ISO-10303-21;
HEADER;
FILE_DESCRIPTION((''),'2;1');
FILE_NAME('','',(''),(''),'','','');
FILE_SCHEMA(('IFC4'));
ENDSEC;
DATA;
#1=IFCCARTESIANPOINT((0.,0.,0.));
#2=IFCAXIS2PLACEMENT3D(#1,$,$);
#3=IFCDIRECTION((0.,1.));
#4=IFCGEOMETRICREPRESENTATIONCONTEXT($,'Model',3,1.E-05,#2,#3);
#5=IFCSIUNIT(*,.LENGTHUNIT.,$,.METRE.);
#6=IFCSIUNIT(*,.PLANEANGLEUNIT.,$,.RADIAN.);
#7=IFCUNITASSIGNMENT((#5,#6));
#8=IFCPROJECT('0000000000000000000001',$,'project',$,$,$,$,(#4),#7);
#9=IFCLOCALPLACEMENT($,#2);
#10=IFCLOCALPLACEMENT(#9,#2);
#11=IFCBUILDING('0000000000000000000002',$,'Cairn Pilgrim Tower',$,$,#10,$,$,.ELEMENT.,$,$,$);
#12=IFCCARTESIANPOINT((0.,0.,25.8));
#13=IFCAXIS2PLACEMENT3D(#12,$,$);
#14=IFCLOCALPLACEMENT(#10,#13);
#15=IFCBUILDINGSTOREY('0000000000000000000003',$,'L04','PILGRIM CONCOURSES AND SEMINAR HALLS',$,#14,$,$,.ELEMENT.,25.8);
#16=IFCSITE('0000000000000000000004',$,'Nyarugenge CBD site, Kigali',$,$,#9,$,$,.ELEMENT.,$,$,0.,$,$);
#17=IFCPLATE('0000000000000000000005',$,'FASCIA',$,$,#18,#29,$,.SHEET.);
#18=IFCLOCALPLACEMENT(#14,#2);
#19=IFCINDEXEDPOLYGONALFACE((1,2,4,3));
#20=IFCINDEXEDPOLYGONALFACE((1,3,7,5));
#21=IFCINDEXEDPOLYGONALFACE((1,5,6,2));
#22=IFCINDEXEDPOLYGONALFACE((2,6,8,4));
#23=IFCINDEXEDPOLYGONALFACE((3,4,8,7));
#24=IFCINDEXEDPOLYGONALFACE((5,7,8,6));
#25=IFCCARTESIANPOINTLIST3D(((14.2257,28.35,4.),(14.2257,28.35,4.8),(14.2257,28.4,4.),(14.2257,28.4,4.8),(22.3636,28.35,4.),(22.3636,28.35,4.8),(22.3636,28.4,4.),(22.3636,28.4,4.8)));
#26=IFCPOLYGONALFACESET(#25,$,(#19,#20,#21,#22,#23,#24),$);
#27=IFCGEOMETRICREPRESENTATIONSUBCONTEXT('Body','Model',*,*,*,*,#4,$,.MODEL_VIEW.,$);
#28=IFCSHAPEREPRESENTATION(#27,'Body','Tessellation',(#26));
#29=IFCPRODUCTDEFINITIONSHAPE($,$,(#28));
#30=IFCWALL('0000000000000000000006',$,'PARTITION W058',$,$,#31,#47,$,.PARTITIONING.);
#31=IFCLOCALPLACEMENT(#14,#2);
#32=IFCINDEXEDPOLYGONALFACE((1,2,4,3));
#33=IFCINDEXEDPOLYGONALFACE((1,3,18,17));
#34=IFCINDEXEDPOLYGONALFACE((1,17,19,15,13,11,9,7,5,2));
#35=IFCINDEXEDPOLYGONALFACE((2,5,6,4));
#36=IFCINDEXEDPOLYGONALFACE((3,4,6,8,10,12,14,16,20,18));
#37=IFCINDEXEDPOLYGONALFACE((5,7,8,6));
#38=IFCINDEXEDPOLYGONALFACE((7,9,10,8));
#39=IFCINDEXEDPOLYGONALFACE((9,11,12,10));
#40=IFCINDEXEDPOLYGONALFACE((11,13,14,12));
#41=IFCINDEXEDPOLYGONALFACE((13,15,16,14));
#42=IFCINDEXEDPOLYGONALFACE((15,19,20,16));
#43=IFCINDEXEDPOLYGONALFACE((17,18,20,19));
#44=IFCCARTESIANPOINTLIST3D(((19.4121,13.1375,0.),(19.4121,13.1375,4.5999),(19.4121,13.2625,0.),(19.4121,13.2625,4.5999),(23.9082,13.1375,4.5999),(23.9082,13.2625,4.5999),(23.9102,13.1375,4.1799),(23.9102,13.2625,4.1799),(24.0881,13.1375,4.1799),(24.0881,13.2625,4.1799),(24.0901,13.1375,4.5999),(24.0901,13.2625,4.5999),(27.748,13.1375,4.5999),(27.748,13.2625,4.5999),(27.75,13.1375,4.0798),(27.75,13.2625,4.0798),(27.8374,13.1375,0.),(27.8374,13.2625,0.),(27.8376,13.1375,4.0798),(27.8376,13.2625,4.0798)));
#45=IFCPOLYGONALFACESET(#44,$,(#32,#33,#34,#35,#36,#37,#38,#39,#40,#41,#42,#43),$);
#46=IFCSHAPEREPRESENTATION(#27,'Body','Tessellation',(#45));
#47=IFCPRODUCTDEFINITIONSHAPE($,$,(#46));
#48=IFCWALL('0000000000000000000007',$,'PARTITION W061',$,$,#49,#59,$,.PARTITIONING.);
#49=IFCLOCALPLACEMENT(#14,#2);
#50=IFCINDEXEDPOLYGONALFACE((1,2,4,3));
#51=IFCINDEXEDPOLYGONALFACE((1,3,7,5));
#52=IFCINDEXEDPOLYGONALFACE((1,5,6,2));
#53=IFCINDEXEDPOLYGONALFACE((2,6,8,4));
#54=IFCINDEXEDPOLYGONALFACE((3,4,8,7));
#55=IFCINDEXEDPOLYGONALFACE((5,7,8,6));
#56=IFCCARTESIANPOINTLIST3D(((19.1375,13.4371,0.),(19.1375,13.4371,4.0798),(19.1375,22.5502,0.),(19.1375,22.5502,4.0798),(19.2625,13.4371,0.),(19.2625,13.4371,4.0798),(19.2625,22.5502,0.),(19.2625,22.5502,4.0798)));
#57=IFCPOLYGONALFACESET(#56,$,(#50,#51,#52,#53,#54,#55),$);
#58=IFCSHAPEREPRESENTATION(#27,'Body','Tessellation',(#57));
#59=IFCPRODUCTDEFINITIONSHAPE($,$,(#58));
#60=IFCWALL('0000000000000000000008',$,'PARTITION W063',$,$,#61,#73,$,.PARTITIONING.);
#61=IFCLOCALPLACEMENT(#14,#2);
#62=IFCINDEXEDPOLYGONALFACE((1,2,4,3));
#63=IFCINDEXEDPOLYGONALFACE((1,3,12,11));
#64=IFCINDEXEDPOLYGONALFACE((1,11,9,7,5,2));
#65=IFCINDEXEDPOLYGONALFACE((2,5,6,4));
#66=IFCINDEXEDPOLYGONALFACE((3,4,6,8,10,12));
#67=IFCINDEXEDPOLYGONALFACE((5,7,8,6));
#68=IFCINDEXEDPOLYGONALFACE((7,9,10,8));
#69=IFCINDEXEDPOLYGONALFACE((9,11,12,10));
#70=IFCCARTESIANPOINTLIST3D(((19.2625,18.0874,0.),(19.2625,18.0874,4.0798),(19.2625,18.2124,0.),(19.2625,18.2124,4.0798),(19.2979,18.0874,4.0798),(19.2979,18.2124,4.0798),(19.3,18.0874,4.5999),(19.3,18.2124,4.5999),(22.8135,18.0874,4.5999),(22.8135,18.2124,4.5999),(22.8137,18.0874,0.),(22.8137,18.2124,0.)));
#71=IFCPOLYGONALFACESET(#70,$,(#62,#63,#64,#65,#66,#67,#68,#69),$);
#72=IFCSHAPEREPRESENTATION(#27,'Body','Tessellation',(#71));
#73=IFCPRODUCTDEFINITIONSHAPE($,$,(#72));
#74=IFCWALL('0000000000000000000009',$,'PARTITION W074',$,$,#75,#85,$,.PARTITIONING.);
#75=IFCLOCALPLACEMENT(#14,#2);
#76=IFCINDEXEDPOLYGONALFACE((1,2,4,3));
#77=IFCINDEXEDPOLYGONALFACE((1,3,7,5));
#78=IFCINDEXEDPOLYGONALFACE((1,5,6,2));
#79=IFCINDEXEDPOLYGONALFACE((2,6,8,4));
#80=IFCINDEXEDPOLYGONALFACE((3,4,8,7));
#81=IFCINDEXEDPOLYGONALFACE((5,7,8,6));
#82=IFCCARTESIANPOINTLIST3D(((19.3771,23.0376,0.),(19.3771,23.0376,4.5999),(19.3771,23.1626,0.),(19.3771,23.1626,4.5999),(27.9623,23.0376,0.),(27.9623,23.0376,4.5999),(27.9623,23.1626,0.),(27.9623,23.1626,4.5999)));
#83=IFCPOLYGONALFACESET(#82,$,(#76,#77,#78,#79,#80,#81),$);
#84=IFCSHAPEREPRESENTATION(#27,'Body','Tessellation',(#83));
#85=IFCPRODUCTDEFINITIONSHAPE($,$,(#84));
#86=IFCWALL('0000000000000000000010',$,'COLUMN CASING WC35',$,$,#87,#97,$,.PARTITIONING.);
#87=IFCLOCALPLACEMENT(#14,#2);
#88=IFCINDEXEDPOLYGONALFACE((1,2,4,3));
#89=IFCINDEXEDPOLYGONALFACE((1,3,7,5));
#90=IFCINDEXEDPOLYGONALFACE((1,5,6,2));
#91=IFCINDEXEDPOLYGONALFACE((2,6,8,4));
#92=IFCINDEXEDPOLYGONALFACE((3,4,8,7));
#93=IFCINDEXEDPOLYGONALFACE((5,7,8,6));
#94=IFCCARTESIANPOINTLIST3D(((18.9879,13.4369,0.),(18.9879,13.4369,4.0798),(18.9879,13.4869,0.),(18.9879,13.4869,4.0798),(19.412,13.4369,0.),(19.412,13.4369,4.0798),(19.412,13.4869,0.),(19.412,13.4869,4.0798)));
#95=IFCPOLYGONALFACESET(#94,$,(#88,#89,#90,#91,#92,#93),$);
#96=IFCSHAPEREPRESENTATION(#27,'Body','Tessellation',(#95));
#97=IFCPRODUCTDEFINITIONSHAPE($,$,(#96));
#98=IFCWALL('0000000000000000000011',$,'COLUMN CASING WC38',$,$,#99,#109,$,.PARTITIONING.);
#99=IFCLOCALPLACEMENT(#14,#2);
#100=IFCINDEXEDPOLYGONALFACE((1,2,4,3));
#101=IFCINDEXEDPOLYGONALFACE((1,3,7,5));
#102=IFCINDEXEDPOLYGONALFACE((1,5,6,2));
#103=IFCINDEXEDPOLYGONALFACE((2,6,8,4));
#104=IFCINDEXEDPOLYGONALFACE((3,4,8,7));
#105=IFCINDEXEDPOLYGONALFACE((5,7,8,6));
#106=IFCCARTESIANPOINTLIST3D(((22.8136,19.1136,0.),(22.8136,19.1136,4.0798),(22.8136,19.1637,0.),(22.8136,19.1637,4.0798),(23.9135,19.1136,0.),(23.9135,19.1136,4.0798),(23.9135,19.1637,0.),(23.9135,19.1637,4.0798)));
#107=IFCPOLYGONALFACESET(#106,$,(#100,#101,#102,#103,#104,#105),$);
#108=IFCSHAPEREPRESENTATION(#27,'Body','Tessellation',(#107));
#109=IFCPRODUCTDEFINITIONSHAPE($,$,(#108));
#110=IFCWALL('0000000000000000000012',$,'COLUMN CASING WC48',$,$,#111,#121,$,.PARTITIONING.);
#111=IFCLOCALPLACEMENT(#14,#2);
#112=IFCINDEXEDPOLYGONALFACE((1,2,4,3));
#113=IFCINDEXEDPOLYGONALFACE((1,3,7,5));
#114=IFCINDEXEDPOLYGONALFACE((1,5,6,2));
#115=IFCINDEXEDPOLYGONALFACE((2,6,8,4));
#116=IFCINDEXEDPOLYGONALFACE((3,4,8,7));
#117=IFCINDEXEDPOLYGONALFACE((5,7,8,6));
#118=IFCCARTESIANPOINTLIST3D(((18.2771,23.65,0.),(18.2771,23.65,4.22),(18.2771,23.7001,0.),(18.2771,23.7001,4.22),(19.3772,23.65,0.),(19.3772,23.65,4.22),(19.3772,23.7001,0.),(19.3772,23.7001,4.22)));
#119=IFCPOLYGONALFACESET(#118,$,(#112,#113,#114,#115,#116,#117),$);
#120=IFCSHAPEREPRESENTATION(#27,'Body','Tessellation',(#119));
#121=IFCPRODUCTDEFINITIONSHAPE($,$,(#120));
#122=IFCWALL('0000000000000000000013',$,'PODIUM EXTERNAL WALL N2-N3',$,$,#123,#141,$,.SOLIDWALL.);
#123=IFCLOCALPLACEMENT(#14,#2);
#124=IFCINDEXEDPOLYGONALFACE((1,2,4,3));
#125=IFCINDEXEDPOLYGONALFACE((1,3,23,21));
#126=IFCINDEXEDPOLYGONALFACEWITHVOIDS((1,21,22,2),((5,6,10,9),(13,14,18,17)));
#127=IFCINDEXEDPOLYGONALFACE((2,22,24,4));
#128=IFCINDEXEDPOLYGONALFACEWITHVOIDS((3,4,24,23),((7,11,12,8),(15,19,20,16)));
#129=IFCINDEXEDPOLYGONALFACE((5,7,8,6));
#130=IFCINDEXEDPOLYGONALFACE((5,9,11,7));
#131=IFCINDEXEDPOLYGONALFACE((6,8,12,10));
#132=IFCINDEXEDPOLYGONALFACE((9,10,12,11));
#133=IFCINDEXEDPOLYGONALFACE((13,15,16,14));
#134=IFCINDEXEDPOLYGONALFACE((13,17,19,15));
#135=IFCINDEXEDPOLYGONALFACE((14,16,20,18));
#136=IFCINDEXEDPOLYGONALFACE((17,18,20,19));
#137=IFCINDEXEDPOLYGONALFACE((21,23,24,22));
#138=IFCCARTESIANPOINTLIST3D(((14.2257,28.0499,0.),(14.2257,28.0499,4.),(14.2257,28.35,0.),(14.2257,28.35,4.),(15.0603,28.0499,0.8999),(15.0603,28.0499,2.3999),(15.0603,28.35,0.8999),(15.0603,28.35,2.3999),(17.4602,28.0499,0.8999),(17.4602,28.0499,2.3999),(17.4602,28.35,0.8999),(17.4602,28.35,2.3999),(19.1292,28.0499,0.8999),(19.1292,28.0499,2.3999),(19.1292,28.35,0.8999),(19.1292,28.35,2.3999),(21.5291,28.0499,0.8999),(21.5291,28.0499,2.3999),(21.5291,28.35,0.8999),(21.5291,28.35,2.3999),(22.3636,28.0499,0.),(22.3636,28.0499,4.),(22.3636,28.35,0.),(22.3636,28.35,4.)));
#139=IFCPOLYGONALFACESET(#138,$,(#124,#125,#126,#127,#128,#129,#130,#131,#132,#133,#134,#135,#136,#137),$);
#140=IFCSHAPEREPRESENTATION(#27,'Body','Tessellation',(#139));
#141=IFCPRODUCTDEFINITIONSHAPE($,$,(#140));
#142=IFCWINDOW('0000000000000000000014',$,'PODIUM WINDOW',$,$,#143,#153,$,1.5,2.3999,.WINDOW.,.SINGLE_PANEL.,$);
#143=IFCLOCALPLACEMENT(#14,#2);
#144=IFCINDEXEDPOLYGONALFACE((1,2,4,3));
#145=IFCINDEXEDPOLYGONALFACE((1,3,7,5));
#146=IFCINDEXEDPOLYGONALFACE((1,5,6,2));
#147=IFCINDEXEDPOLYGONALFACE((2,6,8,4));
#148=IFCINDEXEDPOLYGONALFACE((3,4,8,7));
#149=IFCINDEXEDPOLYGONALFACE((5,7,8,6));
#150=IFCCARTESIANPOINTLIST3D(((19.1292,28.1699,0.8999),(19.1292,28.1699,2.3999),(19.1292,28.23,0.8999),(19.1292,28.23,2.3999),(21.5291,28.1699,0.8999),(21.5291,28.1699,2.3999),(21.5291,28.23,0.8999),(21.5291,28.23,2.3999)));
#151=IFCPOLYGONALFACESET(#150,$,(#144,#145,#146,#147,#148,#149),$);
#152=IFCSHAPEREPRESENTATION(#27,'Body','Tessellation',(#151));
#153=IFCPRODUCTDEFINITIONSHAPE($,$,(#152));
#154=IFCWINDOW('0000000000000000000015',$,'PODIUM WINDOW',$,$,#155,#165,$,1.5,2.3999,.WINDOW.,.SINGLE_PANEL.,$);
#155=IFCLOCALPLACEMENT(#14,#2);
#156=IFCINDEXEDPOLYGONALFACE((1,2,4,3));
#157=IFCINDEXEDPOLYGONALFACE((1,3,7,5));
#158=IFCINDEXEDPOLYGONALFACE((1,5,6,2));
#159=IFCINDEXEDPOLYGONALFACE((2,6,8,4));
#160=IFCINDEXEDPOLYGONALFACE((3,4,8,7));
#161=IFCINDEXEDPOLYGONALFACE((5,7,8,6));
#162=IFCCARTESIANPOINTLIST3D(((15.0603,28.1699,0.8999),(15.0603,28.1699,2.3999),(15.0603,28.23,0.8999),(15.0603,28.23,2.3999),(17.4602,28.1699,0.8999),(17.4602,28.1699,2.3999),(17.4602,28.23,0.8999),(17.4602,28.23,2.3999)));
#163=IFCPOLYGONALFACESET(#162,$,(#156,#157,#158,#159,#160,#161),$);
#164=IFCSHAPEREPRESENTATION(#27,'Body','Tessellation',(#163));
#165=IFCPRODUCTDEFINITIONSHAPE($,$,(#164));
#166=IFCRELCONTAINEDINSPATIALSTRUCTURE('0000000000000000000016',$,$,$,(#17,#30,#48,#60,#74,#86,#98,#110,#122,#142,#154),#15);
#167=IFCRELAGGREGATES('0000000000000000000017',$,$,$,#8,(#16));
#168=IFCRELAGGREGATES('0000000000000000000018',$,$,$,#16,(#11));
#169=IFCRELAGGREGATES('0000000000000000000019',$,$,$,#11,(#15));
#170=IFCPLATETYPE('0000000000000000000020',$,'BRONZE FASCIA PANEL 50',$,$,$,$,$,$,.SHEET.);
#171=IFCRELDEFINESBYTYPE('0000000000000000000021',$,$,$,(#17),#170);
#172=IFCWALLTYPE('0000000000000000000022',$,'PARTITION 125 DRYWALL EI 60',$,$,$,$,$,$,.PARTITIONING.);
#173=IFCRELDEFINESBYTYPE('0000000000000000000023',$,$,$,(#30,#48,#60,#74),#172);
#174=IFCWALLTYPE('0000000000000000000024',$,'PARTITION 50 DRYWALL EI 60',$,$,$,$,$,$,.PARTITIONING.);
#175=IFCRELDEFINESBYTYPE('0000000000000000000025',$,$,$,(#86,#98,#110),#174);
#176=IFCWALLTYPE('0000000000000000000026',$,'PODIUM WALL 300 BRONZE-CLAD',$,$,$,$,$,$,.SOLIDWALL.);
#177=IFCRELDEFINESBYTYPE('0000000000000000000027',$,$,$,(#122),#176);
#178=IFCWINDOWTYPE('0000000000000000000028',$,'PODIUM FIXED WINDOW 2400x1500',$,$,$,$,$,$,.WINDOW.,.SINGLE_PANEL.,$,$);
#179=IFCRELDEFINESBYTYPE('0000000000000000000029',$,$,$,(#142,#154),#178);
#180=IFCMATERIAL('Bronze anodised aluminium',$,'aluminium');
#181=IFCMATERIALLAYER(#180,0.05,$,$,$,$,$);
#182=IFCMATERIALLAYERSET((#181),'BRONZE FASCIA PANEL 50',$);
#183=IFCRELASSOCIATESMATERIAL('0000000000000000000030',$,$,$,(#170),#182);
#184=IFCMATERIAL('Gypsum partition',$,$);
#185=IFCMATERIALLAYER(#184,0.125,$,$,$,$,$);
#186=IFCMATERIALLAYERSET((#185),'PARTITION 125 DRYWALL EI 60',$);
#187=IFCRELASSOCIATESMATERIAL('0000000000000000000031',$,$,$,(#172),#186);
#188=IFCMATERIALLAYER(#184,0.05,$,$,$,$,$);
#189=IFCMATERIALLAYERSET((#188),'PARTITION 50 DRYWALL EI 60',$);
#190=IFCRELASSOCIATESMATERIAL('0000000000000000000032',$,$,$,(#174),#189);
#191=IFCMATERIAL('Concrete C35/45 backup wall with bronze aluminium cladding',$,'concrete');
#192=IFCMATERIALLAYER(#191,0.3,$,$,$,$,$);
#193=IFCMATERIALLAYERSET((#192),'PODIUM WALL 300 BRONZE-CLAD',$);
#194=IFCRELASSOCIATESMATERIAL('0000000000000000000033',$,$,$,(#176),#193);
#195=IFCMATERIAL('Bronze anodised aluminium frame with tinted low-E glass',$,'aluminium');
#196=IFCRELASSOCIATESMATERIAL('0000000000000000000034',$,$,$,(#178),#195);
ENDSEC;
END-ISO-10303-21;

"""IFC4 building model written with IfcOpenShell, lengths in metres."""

from ifc_helpers import new_model, si_unit, direction, frame, frame_2d, origin, origin_2d, place, context, subcontext, project, spatial, polyline, rectangle, outline, extrude, material, layer, layer_set, type_object, element, fill, save


model = new_model("IFC4")

# Units and contexts
model_context = context("Model", 3, precision=1e-05, world=origin(), true_north=direction((0.0, 1.0)))
body_context = subcontext(model_context, "Body", "Model", "MODEL_VIEW")
ifc_project = project(units=[si_unit("LENGTHUNIT", "METRE"), si_unit("PLANEANGLEUNIT", "RADIAN")], contexts=[model_context])

# Site, building, storey
site_placement = place(None, origin())
site = spatial("IfcSite", under=ifc_project, at=site_placement, Name="Nyarugenge CBD site, Kigali", CompositionType="ELEMENT", RefElevation=0.0)
building_placement = place(site_placement, origin())
building = spatial("IfcBuilding", under=site, at=building_placement, Name="Cairn Pilgrim Tower", CompositionType="ELEMENT")
storey_placement = place(building_placement, frame((0.0, 0.0, 25.8)))
storey = spatial("IfcBuildingStorey", under=building, at=storey_placement, Name="L04", Description="PILGRIM CONCOURSES AND SEMINAR HALLS", CompositionType="ELEMENT", Elevation=25.8)

# Plate
ifc_material_1 = material(Name="Bronze anodised aluminium", Category="aluminium")
ifc_layer_1 = layer(ifc_material_1, 0.05)
ifc_layer_set_1 = layer_set([ifc_layer_1], Name="BRONZE FASCIA PANEL 50")
plate_type = type_object("IfcPlateType", Name="BRONZE FASCIA PANEL 50", PredefinedType="SHEET", material=ifc_layer_set_1)
plate_placement = place(storey_placement, frame((18.2947, 28.375, 4.0), z_axis=(0.0, 0.0, 1.0), x_axis=(-1.0, 0.0, 0.0)))
element("IfcPlate", 1, at=plate_placement, inside=storey, type_object=plate_type, Name="FASCIA", PredefinedType="SHEET", context=body_context, shape_type="SweptSolid", body=[
    extrude(rectangle(XDim=8.1379, YDim=0.05, at=origin_2d()), origin(), (0.0, 0.0, 1.0), 0.8),
])

# Walls
ifc_material_2 = material(Name="Gypsum partition")
ifc_layer_2 = layer(ifc_material_2, 0.125)
ifc_layer_set_2 = layer_set([ifc_layer_2], Name="PARTITION 125 DRYWALL EI 60")
wall_type_1 = type_object("IfcWallType", Name="PARTITION 125 DRYWALL EI 60", PredefinedType="PARTITIONING", material=ifc_layer_set_2)
wall_1_placement = place(storey_placement, frame((19.4121, 13.2, 0.0), z_axis=(0.0, 0.0, 1.0), x_axis=(1.0, 0.0, 0.0)))
element("IfcWall", 2, at=wall_1_placement, inside=storey, type_object=wall_type_1, Name="PARTITION W058", PredefinedType="PARTITIONING", context=body_context, shape_type="SweptSolid", body=[
    extrude(outline(polyline([(0.0, 0.0), (8.4253, 0.0), (8.4255, 4.0798), (8.3379, 4.0798), (8.3359, 4.5999), (4.678, 4.5999), (4.676, 4.1799), (4.498, 4.1799), (4.4961, 4.5999), (0.0, 4.5999), (0.0, 0.0)])), frame((0.0, 0.0625, 0.0), z_axis=(0.0, -1.0, 0.0), x_axis=(1.0, 0.0, 0.0)), (0.0, 0.0, 1.0), 0.125),
])
wall_2_placement = place(storey_placement, frame((19.2, 13.437, 0.0), z_axis=(0.0, 0.0, 1.0), x_axis=(0.0, 1.0, 0.0)))
element("IfcWall", 3, at=wall_2_placement, inside=storey, type_object=wall_type_1, Name="PARTITION W061", PredefinedType="PARTITIONING", context=body_context, shape_type="SweptSolid", body=[
    extrude(rectangle(XDim=9.113, YDim=0.125, at=frame_2d((4.5566, 0.0))), origin(), (0.0, 0.0, 1.0), 4.0798),
])
wall_3_placement = place(storey_placement, frame((19.2625, 18.1499, 0.0), z_axis=(0.0, 0.0, 1.0), x_axis=(1.0, 0.0, 0.0)))
element("IfcWall", 4, at=wall_3_placement, inside=storey, type_object=wall_type_1, Name="PARTITION W063", PredefinedType="PARTITIONING", context=body_context, shape_type="SweptSolid", body=[
    extrude(outline(polyline([(0.0, 0.0), (3.5513, 0.0), (3.551, 4.5999), (0.0376, 4.5999), (0.0354, 4.0798), (0.0, 4.0798), (0.0, 0.0)])), frame((0.0, 0.0625, 0.0), z_axis=(0.0, -1.0, 0.0), x_axis=(1.0, 0.0, 0.0)), (0.0, 0.0, 1.0), 0.125),
])
wall_4_placement = place(storey_placement, frame((19.3772, 23.1001, 0.0), z_axis=(0.0, 0.0, 1.0), x_axis=(1.0, 0.0, 0.0)))
element("IfcWall", 5, at=wall_4_placement, inside=storey, type_object=wall_type_1, Name="PARTITION W074", PredefinedType="PARTITIONING", context=body_context, shape_type="SweptSolid", body=[
    extrude(rectangle(XDim=8.5852, YDim=0.125, at=frame_2d((4.2925, 0.0))), origin(), (0.0, 0.0, 1.0), 4.5999),
])
ifc_layer_3 = layer(ifc_material_2, 0.05)
ifc_layer_set_3 = layer_set([ifc_layer_3], Name="PARTITION 50 DRYWALL EI 60")
wall_type_2 = type_object("IfcWallType", Name="PARTITION 50 DRYWALL EI 60", PredefinedType="PARTITIONING", material=ifc_layer_set_3)
wall_5_placement = place(storey_placement, frame((18.988, 13.4619, 0.0), z_axis=(0.0, 0.0, 1.0), x_axis=(1.0, 0.0, 0.0)))
element("IfcWall", 6, at=wall_5_placement, inside=storey, type_object=wall_type_2, Name="COLUMN CASING WC35", PredefinedType="PARTITIONING", context=body_context, shape_type="SweptSolid", body=[
    extrude(rectangle(XDim=0.4241, YDim=0.05, at=frame_2d((0.2119, 0.0))), origin(), (0.0, 0.0, 1.0), 4.0798),
])
wall_6_placement = place(storey_placement, frame((22.8137, 19.1387, 0.0), z_axis=(0.0, 0.0, 1.0), x_axis=(1.0, 0.0, 0.0)))
element("IfcWall", 7, at=wall_6_placement, inside=storey, type_object=wall_type_2, Name="COLUMN CASING WC38", PredefinedType="PARTITIONING", context=body_context, shape_type="SweptSolid", body=[
    extrude(rectangle(XDim=1.0999, YDim=0.05, at=frame_2d((0.5498, 0.0))), origin(), (0.0, 0.0, 1.0), 4.0798),
])
wall_7_placement = place(storey_placement, frame((18.2771, 23.675, 0.0), z_axis=(0.0, 0.0, 1.0), x_axis=(1.0, 0.0, 0.0)))
element("IfcWall", 8, at=wall_7_placement, inside=storey, type_object=wall_type_2, Name="COLUMN CASING WC48", PredefinedType="PARTITIONING", context=body_context, shape_type="SweptSolid", body=[
    extrude(rectangle(XDim=1.1001, YDim=0.05, at=frame_2d((0.55, 0.0))), origin(), (0.0, 0.0, 1.0), 4.22),
])

# Wall, openings, windows
ifc_material_3 = material(Name="Concrete C35/45 backup wall with bronze aluminium cladding", Category="concrete")
ifc_layer_4 = layer(ifc_material_3, 0.3)
ifc_layer_set_4 = layer_set([ifc_layer_4], Name="PODIUM WALL 300 BRONZE-CLAD")
wall_type_3 = type_object("IfcWallType", Name="PODIUM WALL 300 BRONZE-CLAD", PredefinedType="SOLIDWALL", material=ifc_layer_set_4)
wall_8_placement = place(storey_placement, frame((22.3635, 28.2, 0.0), z_axis=(0.0, 0.0, 1.0), x_axis=(-1.0, 0.0, 0.0)))
wall_8 = element("IfcWall", 9, at=wall_8_placement, inside=storey, type_object=wall_type_3, Name="PODIUM EXTERNAL WALL N2-N3", PredefinedType="SOLIDWALL", context=body_context, shape_type="SweptSolid", body=[
    extrude(rectangle(XDim=8.1379, YDim=0.3, at=frame_2d((4.0688, 0.0))), origin(), (0.0, 0.0, 1.0), 4.0),
])
opening_1_placement = place(wall_8_placement, frame((0.8345, 0.0, 0.8999)))
opening_1 = element("IfcOpeningElement", 10, at=opening_1_placement, cuts=wall_8, PredefinedType="OPENING", context=body_context, shape_type="SweptSolid", body=[
    extrude(rectangle(XDim=2.3999, YDim=1.5, at=frame_2d((1.2, 0.75))), frame((0.0, 0.1602, 0.0), z_axis=(0.0, -1.0, 0.0), x_axis=(1.0, 0.0, 0.0)), (0.0, 0.0, 1.0), 0.3201),
])
opening_2_placement = place(wall_8_placement, frame((4.9033, 0.0, 0.8999)))
opening_2 = element("IfcOpeningElement", 11, at=opening_2_placement, cuts=wall_8, PredefinedType="OPENING", context=body_context, shape_type="SweptSolid", body=[
    extrude(rectangle(XDim=2.3999, YDim=1.5, at=frame_2d((1.2, 0.75))), frame((0.0, 0.1602, 0.0), z_axis=(0.0, -1.0, 0.0), x_axis=(1.0, 0.0, 0.0)), (0.0, 0.0, 1.0), 0.3201),
])
ifc_material_4 = material(Name="Bronze anodised aluminium frame with tinted low-E glass", Category="aluminium")
window_type = type_object("IfcWindowType", Name="PODIUM FIXED WINDOW 2400x1500", PartitioningType="SINGLE_PANEL", PredefinedType="WINDOW", material=ifc_material_4)
window_1_placement = place(opening_1_placement, origin())
window_1 = element("IfcWindow", 12, at=window_1_placement, inside=storey, type_object=window_type, Name="PODIUM WINDOW", OverallHeight=1.5, OverallWidth=2.3999, PartitioningType="SINGLE_PANEL", PredefinedType="WINDOW", context=body_context, shape_type="SweptSolid", body=[
    extrude(rectangle(XDim=2.3999, YDim=1.5, at=frame_2d((1.2, 0.75))), frame((0.0, 0.03, 0.0), z_axis=(0.0, -1.0, 0.0), x_axis=(1.0, 0.0, 0.0)), (0.0, 0.0, 1.0), 0.0601),
])
fill(opening_1, window_1)
window_2_placement = place(opening_2_placement, origin())
window_2 = element("IfcWindow", 13, at=window_2_placement, inside=storey, type_object=window_type, Name="PODIUM WINDOW", OverallHeight=1.5, OverallWidth=2.3999, PartitioningType="SINGLE_PANEL", PredefinedType="WINDOW", context=body_context, shape_type="SweptSolid", body=[
    extrude(rectangle(XDim=2.3999, YDim=1.5, at=frame_2d((1.2, 0.75))), frame((0.0, 0.03, 0.0), z_axis=(0.0, -1.0, 0.0), x_axis=(1.0, 0.0, 0.0)), (0.0, 0.0, 1.0), 0.0601),
])
fill(opening_2, window_2)

save(model, "model.ifc")
